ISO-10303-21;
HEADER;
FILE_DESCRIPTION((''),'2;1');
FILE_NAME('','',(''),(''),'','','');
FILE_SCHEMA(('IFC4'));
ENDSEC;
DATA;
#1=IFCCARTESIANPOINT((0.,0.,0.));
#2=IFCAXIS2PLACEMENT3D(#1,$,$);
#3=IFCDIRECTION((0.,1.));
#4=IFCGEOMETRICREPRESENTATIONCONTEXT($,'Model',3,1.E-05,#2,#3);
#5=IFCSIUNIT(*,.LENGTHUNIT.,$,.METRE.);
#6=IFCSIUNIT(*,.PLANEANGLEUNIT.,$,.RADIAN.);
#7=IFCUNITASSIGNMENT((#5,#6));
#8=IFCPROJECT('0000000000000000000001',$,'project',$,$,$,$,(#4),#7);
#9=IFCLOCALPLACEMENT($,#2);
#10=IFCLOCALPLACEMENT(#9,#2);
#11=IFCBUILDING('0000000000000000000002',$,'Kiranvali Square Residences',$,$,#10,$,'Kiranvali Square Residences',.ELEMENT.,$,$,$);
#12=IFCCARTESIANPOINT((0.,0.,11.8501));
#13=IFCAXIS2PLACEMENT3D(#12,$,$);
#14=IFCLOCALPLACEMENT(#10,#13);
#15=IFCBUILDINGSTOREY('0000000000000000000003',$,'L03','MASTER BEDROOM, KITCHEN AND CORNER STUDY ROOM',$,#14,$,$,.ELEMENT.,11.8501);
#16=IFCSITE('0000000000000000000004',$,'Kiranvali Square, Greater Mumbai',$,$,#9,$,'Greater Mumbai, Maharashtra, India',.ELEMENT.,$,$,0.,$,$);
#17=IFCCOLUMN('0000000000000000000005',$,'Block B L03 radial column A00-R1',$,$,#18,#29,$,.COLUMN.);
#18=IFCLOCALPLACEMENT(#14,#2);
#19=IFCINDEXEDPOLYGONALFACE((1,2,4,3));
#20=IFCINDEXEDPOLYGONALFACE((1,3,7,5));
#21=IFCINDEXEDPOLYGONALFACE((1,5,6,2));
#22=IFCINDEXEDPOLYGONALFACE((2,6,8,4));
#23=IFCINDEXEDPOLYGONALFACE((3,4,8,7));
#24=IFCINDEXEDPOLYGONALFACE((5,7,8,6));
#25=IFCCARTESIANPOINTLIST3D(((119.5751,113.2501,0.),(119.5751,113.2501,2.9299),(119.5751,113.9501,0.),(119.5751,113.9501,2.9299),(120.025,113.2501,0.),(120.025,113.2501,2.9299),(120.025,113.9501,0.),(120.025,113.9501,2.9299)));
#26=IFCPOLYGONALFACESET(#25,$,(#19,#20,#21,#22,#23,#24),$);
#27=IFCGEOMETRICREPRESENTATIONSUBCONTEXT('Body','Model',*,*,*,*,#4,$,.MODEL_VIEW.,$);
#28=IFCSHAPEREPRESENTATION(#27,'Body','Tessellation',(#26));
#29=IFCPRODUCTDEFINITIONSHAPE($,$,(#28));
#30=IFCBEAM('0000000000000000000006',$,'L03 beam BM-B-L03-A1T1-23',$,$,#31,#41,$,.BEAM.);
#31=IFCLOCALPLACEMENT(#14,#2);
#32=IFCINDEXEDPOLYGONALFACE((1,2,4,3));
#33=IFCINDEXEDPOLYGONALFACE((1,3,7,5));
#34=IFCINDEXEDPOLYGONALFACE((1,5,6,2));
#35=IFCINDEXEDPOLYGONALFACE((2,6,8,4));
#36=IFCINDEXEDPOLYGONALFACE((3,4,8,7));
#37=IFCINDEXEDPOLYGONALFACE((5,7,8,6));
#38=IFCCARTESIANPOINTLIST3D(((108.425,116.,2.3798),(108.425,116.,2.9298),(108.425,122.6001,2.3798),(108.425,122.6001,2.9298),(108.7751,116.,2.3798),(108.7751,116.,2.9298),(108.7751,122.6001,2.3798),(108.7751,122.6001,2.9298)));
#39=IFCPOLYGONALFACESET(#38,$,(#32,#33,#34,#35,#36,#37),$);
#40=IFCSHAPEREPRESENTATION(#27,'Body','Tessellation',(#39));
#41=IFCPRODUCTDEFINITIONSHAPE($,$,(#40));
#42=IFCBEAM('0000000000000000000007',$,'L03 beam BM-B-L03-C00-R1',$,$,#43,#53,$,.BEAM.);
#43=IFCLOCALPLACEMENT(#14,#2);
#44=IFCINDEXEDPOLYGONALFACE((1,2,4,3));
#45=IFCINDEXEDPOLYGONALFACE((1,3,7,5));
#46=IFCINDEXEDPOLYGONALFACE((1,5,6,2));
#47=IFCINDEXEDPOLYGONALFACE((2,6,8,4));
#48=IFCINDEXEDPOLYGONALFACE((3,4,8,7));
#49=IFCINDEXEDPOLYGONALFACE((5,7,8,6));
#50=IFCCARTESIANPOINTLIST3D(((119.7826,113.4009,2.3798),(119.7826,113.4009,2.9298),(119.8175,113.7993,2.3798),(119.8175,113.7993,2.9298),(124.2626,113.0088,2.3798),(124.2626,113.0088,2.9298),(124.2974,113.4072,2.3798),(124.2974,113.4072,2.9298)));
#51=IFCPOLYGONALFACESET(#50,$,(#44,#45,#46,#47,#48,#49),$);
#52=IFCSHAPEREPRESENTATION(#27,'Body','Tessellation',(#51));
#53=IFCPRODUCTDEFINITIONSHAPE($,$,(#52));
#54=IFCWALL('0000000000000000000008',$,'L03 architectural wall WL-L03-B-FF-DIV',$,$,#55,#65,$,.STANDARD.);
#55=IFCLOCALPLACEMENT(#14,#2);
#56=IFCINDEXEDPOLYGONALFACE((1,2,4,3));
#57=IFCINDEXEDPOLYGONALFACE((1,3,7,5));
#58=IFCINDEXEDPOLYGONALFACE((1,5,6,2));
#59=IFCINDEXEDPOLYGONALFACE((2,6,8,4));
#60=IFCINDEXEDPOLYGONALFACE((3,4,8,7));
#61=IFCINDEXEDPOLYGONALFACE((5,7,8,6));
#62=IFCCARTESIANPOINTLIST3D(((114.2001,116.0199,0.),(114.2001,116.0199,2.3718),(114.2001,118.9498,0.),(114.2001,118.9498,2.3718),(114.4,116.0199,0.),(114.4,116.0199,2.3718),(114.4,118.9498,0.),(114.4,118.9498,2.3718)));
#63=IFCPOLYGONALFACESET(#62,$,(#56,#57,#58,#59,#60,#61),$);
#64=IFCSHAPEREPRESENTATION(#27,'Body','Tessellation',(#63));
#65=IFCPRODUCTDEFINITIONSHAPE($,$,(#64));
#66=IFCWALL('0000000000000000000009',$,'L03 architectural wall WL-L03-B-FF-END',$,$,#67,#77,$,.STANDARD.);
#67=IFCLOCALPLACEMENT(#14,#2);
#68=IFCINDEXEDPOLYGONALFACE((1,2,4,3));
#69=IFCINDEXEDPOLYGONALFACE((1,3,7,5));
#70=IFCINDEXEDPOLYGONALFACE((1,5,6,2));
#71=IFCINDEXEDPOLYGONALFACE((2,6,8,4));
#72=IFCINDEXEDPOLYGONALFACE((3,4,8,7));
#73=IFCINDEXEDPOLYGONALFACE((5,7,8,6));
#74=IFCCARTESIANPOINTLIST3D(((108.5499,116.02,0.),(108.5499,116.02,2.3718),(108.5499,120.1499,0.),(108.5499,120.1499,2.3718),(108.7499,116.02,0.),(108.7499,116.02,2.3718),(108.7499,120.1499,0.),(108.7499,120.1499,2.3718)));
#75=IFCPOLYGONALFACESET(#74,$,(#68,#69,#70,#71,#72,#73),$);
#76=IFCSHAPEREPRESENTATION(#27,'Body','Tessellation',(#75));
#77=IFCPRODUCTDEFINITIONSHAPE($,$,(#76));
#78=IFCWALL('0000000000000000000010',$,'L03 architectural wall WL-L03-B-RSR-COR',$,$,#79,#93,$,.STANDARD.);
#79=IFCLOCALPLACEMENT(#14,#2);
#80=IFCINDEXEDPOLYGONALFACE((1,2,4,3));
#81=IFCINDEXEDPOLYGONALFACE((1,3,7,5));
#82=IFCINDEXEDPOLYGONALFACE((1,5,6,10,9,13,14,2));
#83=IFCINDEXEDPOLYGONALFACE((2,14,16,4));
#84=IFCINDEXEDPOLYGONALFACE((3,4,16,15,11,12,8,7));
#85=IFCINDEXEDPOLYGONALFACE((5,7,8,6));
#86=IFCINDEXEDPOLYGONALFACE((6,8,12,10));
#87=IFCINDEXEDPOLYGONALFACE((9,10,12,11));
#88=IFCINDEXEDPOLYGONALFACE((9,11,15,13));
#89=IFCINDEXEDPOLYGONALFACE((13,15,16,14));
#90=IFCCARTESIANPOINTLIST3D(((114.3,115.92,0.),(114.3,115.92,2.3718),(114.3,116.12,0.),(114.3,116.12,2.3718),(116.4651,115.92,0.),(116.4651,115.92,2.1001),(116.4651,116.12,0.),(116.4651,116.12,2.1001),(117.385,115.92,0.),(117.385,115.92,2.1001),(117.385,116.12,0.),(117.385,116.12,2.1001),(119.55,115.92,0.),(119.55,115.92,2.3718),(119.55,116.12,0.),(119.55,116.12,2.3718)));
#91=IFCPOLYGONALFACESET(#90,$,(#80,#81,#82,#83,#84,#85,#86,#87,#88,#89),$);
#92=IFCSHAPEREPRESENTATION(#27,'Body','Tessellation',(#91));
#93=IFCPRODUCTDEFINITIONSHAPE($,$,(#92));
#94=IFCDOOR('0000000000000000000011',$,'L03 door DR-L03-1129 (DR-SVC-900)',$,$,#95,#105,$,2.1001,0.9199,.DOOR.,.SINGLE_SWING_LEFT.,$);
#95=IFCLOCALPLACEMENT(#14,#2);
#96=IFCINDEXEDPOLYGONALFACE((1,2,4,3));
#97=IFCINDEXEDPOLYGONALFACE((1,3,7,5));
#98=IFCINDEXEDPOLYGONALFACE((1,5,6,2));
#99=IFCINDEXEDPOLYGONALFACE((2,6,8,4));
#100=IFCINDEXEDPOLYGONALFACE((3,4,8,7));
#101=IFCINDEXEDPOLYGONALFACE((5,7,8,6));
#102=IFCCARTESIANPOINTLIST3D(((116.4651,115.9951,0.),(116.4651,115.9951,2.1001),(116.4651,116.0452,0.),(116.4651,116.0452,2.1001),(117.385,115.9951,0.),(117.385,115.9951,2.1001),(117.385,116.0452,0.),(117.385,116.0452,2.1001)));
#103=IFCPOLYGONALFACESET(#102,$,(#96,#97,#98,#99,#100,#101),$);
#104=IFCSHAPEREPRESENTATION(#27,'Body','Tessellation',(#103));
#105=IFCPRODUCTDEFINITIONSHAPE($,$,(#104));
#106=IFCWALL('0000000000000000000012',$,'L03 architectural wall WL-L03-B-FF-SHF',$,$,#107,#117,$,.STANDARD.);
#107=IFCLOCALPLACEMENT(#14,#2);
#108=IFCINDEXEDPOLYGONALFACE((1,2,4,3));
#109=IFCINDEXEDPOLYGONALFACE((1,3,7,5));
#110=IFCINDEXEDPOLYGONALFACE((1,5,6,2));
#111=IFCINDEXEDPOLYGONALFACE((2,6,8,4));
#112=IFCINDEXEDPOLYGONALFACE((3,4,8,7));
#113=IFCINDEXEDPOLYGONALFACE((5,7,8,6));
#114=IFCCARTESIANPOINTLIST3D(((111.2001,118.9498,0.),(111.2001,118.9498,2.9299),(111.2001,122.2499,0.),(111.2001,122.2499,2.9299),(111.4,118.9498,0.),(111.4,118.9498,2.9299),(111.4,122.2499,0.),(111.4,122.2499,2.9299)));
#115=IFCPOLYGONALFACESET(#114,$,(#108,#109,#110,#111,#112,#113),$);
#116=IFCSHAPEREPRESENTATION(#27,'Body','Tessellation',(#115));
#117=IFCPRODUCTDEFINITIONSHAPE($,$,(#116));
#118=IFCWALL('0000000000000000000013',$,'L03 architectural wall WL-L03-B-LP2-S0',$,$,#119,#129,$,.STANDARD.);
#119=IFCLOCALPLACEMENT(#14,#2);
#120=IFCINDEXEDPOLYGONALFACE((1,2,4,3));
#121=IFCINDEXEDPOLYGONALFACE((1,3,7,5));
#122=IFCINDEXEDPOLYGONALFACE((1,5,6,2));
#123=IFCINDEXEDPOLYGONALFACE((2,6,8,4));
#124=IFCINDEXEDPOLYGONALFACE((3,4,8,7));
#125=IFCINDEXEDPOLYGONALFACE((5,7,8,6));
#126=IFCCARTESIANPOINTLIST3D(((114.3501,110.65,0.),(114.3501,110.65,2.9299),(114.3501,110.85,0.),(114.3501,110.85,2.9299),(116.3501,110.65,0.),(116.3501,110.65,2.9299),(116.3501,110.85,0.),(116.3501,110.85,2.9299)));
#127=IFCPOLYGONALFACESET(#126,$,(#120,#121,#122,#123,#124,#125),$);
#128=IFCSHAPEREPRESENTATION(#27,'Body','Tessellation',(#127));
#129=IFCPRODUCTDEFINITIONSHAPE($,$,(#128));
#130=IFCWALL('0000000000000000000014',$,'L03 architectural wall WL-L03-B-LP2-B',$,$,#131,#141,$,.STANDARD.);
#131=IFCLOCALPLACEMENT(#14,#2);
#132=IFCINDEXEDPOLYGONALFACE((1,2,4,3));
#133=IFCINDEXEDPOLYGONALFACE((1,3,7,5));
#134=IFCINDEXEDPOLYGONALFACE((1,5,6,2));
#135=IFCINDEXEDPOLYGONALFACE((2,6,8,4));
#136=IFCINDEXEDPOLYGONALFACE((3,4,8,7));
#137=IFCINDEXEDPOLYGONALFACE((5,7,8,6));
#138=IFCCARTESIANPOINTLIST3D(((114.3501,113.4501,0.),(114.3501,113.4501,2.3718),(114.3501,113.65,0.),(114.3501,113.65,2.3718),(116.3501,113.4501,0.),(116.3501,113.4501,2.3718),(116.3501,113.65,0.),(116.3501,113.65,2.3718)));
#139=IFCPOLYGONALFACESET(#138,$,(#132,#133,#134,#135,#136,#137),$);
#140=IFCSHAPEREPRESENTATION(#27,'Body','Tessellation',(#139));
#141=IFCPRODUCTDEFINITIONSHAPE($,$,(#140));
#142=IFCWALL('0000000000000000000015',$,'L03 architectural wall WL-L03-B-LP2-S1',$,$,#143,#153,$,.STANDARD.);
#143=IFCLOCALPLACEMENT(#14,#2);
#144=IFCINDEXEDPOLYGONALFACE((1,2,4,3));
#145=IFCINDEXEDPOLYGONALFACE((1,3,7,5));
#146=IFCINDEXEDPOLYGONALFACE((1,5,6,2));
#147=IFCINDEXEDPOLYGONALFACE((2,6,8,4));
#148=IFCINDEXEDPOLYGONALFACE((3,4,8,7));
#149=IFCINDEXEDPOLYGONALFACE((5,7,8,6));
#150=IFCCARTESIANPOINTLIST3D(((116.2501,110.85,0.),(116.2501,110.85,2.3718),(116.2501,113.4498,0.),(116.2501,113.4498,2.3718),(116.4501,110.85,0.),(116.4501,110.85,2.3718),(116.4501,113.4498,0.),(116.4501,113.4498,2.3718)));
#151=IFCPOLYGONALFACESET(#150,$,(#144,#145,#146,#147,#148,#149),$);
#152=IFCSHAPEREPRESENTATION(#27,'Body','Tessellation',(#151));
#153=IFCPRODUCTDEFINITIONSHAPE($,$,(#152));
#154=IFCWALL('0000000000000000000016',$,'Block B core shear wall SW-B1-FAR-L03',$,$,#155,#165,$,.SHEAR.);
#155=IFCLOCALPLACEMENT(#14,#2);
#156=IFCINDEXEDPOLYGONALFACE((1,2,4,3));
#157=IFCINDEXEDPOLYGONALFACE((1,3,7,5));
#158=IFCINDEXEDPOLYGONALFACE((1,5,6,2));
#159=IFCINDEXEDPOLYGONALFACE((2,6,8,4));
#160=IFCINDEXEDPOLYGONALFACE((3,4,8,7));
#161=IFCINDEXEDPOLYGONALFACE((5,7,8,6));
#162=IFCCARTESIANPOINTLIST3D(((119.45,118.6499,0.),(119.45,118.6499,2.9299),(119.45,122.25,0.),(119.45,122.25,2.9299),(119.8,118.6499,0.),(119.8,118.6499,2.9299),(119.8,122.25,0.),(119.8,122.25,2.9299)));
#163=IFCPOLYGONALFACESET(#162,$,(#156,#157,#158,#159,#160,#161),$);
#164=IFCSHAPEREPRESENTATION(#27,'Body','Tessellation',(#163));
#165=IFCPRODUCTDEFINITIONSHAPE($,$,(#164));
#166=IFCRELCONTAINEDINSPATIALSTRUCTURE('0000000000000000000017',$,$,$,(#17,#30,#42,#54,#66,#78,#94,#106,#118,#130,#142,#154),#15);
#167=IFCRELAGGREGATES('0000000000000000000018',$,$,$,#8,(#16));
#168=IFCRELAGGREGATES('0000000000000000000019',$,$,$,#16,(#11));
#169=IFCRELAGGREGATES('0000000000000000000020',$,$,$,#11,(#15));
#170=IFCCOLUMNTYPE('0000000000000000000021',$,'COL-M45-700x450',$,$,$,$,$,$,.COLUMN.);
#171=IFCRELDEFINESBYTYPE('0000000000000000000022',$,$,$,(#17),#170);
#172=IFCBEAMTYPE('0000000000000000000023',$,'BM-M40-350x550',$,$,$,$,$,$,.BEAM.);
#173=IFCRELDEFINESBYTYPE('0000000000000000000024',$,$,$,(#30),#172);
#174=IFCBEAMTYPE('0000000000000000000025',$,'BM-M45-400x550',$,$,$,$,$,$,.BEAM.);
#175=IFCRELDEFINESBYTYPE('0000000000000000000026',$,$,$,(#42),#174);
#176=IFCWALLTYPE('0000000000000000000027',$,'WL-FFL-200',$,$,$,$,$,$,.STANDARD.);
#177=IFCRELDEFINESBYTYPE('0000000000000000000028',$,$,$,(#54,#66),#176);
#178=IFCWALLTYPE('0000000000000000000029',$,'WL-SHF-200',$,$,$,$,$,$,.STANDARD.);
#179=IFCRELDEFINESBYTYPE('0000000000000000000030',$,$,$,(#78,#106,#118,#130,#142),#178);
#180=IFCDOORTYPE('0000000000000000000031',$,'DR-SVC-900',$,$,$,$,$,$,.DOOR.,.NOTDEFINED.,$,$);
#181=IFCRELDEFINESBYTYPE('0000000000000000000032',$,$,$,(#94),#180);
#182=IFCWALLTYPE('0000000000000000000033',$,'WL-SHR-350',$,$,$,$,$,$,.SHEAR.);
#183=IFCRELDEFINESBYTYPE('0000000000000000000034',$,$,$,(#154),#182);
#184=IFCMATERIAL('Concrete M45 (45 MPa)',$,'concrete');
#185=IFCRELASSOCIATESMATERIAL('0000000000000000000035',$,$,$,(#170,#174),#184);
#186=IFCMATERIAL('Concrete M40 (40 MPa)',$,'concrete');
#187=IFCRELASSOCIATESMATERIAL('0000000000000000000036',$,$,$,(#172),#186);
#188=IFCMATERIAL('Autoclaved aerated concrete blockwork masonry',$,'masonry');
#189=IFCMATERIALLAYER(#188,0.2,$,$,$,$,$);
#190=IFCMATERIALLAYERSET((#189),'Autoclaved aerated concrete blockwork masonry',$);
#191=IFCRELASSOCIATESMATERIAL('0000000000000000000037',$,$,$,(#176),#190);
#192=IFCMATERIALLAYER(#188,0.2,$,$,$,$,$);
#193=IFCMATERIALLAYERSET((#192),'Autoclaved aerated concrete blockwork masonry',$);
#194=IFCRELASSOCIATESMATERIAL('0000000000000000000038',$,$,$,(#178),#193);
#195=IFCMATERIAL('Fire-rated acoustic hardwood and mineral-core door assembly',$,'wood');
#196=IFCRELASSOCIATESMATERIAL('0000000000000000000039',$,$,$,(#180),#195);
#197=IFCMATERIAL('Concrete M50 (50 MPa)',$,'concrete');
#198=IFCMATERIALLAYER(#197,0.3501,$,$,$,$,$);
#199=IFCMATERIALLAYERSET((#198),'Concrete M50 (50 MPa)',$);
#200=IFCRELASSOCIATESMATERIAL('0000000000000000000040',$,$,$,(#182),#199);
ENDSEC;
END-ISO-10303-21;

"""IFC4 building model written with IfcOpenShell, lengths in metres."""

from ifc_helpers import new_model, si_unit, direction, frame, frame_2d, origin, origin_2d, place, context, subcontext, project, spatial, rectangle, extrude, material, layer, layer_set, material_profile, profile_set, type_object, element, fill, save


model = new_model("IFC4")

# Units and contexts
model_context = context("Model", 3, precision=1e-05, world=origin(), true_north=direction((0.0, 1.0)))
body_context = subcontext(model_context, "Body", "Model", "MODEL_VIEW")
ifc_project = project(units=[si_unit("LENGTHUNIT", "METRE"), si_unit("PLANEANGLEUNIT", "RADIAN")], contexts=[model_context])

# Site, building, storey
site_placement = place(None, origin())
site = spatial("IfcSite", under=ifc_project, at=site_placement, Name="Kiranvali Square, Greater Mumbai", LongName="Greater Mumbai, Maharashtra, India", CompositionType="ELEMENT", RefElevation=0.0)
building_placement = place(site_placement, origin())
building = spatial("IfcBuilding", under=site, at=building_placement, Name="Kiranvali Square Residences", LongName="Kiranvali Square Residences", CompositionType="ELEMENT")
storey_placement = place(building_placement, frame((0.0, 0.0, 11.8501)))
storey = spatial("IfcBuildingStorey", under=building, at=storey_placement, Name="L03", Description="MASTER BEDROOM, KITCHEN AND CORNER STUDY ROOM", CompositionType="ELEMENT", Elevation=11.8501)

# Column
ifc_material_1 = material(Name="Concrete M45 (45 MPa)", Category="concrete")
ifc_material_profile_1 = material_profile(ifc_material_1, rectangle(XDim=0.45, YDim=0.7, at=origin_2d()), Name="RC 700x450")
ifc_profile_set_1 = profile_set([ifc_material_profile_1], Name="Concrete M45 (45 MPa)")
column_type = type_object("IfcColumnType", Name="COL-M45-700x450", PredefinedType="COLUMN", material=ifc_profile_set_1)
column_placement = place(storey_placement, frame((119.8, 113.6001, 0.0), z_axis=(0.0, 0.0, 1.0), x_axis=(1.0, 0.0, 0.0)))
element("IfcColumn", 1, at=column_placement, inside=storey, type_object=column_type, Name="Block B L03 radial column A00-R1", PredefinedType="COLUMN", context=body_context, shape_type="SweptSolid", body=[
    extrude(rectangle(XDim=0.45, YDim=0.7, at=origin_2d()), origin(), (0.0, 0.0, 1.0), 2.9299),
])

# Beams
ifc_material_2 = material(Name="Concrete M40 (40 MPa)", Category="concrete")
ifc_material_profile_2 = material_profile(ifc_material_2, rectangle(XDim=0.3501, YDim=0.55, at=origin_2d()), Name="RC 350x550")
ifc_profile_set_2 = profile_set([ifc_material_profile_2], Name="Concrete M40 (40 MPa)")
beam_type_1 = type_object("IfcBeamType", Name="BM-M40-350x550", PredefinedType="BEAM", material=ifc_profile_set_2)
beam_1_placement = place(storey_placement, frame((108.6001, 116.0, 2.6548), z_axis=(0.0, 1.0, 0.0), x_axis=(-1.0, 0.0, 0.0)))
element("IfcBeam", 2, at=beam_1_placement, inside=storey, type_object=beam_type_1, Name="L03 beam BM-B-L03-A1T1-23", PredefinedType="BEAM", context=body_context, shape_type="SweptSolid", body=[
    extrude(rectangle(XDim=0.3501, YDim=0.55, at=origin_2d()), origin(), (0.0, 0.0, 1.0), 6.6001),
])
ifc_material_profile_3 = material_profile(ifc_material_1, rectangle(XDim=0.3999, YDim=0.55, at=origin_2d()), Name="RC 400x550")
ifc_profile_set_3 = profile_set([ifc_material_profile_3], Name="Concrete M45 (45 MPa)")
beam_type_2 = type_object("IfcBeamType", Name="BM-M45-400x550", PredefinedType="BEAM", material=ifc_profile_set_3)
beam_2_placement = place(storey_placement, frame((119.8, 113.6001, 2.6548), z_axis=(0.996192, -0.087187, 0.0), x_axis=(0.087187, 0.996192, 0.0)))
element("IfcBeam", 3, at=beam_2_placement, inside=storey, type_object=beam_type_2, Name="L03 beam BM-B-L03-C00-R1", PredefinedType="BEAM", context=body_context, shape_type="SweptSolid", body=[
    extrude(rectangle(XDim=0.3999, YDim=0.55, at=origin_2d()), origin(), (0.0, 0.0, 1.0), 4.4971),
])

# Shared definitions
ifc_material_3 = material(Name="Autoclaved aerated concrete blockwork masonry", Category="masonry")
ifc_material_4 = material(Name="Fire-rated acoustic hardwood and mineral-core door assembly", Category="wood")
ifc_layer_1 = layer(ifc_material_3, 0.2)
ifc_layer_set_1 = layer_set([ifc_layer_1], Name="Autoclaved aerated concrete blockwork masonry")
wall_type_1 = type_object("IfcWallType", Name="WL-FFL-200", PredefinedType="STANDARD", material=ifc_layer_set_1)

# Walls
wall_1_placement = place(storey_placement, frame((114.3, 116.02, 0.0), z_axis=(0.0, 0.0, 1.0), x_axis=(0.0, 1.0, 0.0)))
element("IfcWall", 4, at=wall_1_placement, inside=storey, type_object=wall_type_1, Name="L03 architectural wall WL-L03-B-FF-DIV", PredefinedType="STANDARD", context=body_context, shape_type="SweptSolid", body=[
    extrude(rectangle(XDim=2.9299, YDim=0.2, at=frame_2d((1.4648, 0.0))), origin(), (0.0, 0.0, 1.0), 2.3718),
])
wall_2_placement = place(storey_placement, frame((108.6499, 116.02, 0.0), z_axis=(0.0, 0.0, 1.0), x_axis=(0.0, 1.0, 0.0)))
element("IfcWall", 5, at=wall_2_placement, inside=storey, type_object=wall_type_1, Name="L03 architectural wall WL-L03-B-FF-END", PredefinedType="STANDARD", context=body_context, shape_type="SweptSolid", body=[
    extrude(rectangle(XDim=4.1299, YDim=0.2, at=frame_2d((2.0649, 0.0))), origin(), (0.0, 0.0, 1.0), 2.3718),
])

# Wall, opening, door
ifc_layer_2 = layer(ifc_material_3, 0.2)
ifc_layer_set_2 = layer_set([ifc_layer_2], Name="Autoclaved aerated concrete blockwork masonry")
wall_type_2 = type_object("IfcWallType", Name="WL-SHF-200", PredefinedType="STANDARD", material=ifc_layer_set_2)
wall_3_placement = place(storey_placement, frame((119.55, 116.02, 0.0), z_axis=(0.0, 0.0, 1.0), x_axis=(-1.0, 0.0, 0.0)))
wall_3 = element("IfcWall", 6, at=wall_3_placement, inside=storey, type_object=wall_type_2, Name="L03 architectural wall WL-L03-B-RSR-COR", PredefinedType="STANDARD", context=body_context, shape_type="SweptSolid", body=[
    extrude(rectangle(XDim=5.25, YDim=0.2, at=frame_2d((2.625, 0.0))), origin(), (0.0, 0.0, 1.0), 2.3718),
])
opening_1_placement = place(wall_3_placement, frame((2.165, 0.0, 0.0)))
opening_1 = element("IfcOpeningElement", 7, at=opening_1_placement, cuts=wall_3, PredefinedType="OPENING", context=body_context, shape_type="SweptSolid", body=[
    extrude(rectangle(XDim=0.9199, YDim=2.1001, at=frame_2d((0.46, 1.05))), frame((0.0, 0.1099, 0.0), z_axis=(0.0, -1.0, 0.0), x_axis=(1.0, 0.0, 0.0)), (0.0, 0.0, 1.0), 0.22),
])
door_type_1 = type_object("IfcDoorType", Name="DR-SVC-900", OperationType="NOTDEFINED", PredefinedType="DOOR", material=ifc_material_4)
door_1_placement = place(opening_1_placement, origin())
door_1 = element("IfcDoor", 8, at=door_1_placement, inside=storey, type_object=door_type_1, Name="L03 door DR-L03-1129 (DR-SVC-900)", OperationType="SINGLE_SWING_LEFT", OverallHeight=2.1001, OverallWidth=0.9199, PredefinedType="DOOR", context=body_context, shape_type="SweptSolid", body=[
    extrude(rectangle(XDim=0.9199, YDim=2.1001, at=frame_2d((0.46, 1.05))), frame((0.0, 0.0249, 0.0), z_axis=(0.0, -1.0, 0.0), x_axis=(1.0, 0.0, 0.0)), (0.0, 0.0, 1.0), 0.05),
])
fill(opening_1, door_1)

# Wall
wall_4_placement = place(storey_placement, frame((111.3, 118.95, 0.0), z_axis=(0.0, 0.0, 1.0), x_axis=(0.0, 1.0, 0.0)))
element("IfcWall", 9, at=wall_4_placement, inside=storey, type_object=wall_type_2, Name="L03 architectural wall WL-L03-B-FF-SHF", PredefinedType="STANDARD", context=body_context, shape_type="SweptSolid", body=[
    extrude(rectangle(XDim=3.3, YDim=0.2, at=frame_2d((1.6499, 0.0))), origin(), (0.0, 0.0, 1.0), 2.9299),
])

# Walls
wall_5_placement = place(storey_placement, frame((116.3501, 110.75, 0.0), z_axis=(0.0, 0.0, 1.0), x_axis=(-1.0, 0.0, 0.0)))
element("IfcWall", 10, at=wall_5_placement, inside=storey, type_object=wall_type_2, Name="L03 architectural wall WL-L03-B-LP2-S0", PredefinedType="STANDARD", context=body_context, shape_type="SweptSolid", body=[
    extrude(rectangle(XDim=2.0, YDim=0.2, at=frame_2d((1.0, 0.0))), origin(), (0.0, 0.0, 1.0), 2.9299),
])
wall_6_placement = place(storey_placement, frame((116.3501, 113.55, 0.0), z_axis=(0.0, 0.0, 1.0), x_axis=(-1.0, 0.0, 0.0)))
element("IfcWall", 11, at=wall_6_placement, inside=storey, type_object=wall_type_2, Name="L03 architectural wall WL-L03-B-LP2-B", PredefinedType="STANDARD", context=body_context, shape_type="SweptSolid", body=[
    extrude(rectangle(XDim=2.0, YDim=0.2, at=frame_2d((1.0, 0.0))), origin(), (0.0, 0.0, 1.0), 2.3718),
])
wall_7_placement = place(storey_placement, frame((116.3501, 110.8501, 0.0), z_axis=(0.0, 0.0, 1.0), x_axis=(0.0, 1.0, 0.0)))
element("IfcWall", 12, at=wall_7_placement, inside=storey, type_object=wall_type_2, Name="L03 architectural wall WL-L03-B-LP2-S1", PredefinedType="STANDARD", context=body_context, shape_type="SweptSolid", body=[
    extrude(rectangle(XDim=2.5999, YDim=0.2, at=frame_2d((1.2998, 0.0))), origin(), (0.0, 0.0, 1.0), 2.3718),
])

# Shared definitions
ifc_material_5 = material(Name="Concrete M50 (50 MPa)", Category="concrete")
ifc_layer_3 = layer(ifc_material_5, 0.3501)
ifc_layer_set_3 = layer_set([ifc_layer_3], Name="Concrete M50 (50 MPa)")
wall_type_3 = type_object("IfcWallType", Name="WL-SHR-350", PredefinedType="SHEAR", material=ifc_layer_set_3)

# Wall
wall_8_placement = place(storey_placement, frame((119.625, 118.6499, 0.0), z_axis=(0.0, 0.0, 1.0), x_axis=(0.0, 1.0, 0.0)))
element("IfcWall", 13, at=wall_8_placement, inside=storey, type_object=wall_type_3, Name="Block B core shear wall SW-B1-FAR-L03", PredefinedType="SHEAR", context=body_context, shape_type="SweptSolid", body=[
    extrude(rectangle(XDim=3.6001, YDim=0.3501, at=frame_2d((1.8, 0.0))), origin(), (0.0, 0.0, 1.0), 2.9299),
])

save(model, "model.ifc")
